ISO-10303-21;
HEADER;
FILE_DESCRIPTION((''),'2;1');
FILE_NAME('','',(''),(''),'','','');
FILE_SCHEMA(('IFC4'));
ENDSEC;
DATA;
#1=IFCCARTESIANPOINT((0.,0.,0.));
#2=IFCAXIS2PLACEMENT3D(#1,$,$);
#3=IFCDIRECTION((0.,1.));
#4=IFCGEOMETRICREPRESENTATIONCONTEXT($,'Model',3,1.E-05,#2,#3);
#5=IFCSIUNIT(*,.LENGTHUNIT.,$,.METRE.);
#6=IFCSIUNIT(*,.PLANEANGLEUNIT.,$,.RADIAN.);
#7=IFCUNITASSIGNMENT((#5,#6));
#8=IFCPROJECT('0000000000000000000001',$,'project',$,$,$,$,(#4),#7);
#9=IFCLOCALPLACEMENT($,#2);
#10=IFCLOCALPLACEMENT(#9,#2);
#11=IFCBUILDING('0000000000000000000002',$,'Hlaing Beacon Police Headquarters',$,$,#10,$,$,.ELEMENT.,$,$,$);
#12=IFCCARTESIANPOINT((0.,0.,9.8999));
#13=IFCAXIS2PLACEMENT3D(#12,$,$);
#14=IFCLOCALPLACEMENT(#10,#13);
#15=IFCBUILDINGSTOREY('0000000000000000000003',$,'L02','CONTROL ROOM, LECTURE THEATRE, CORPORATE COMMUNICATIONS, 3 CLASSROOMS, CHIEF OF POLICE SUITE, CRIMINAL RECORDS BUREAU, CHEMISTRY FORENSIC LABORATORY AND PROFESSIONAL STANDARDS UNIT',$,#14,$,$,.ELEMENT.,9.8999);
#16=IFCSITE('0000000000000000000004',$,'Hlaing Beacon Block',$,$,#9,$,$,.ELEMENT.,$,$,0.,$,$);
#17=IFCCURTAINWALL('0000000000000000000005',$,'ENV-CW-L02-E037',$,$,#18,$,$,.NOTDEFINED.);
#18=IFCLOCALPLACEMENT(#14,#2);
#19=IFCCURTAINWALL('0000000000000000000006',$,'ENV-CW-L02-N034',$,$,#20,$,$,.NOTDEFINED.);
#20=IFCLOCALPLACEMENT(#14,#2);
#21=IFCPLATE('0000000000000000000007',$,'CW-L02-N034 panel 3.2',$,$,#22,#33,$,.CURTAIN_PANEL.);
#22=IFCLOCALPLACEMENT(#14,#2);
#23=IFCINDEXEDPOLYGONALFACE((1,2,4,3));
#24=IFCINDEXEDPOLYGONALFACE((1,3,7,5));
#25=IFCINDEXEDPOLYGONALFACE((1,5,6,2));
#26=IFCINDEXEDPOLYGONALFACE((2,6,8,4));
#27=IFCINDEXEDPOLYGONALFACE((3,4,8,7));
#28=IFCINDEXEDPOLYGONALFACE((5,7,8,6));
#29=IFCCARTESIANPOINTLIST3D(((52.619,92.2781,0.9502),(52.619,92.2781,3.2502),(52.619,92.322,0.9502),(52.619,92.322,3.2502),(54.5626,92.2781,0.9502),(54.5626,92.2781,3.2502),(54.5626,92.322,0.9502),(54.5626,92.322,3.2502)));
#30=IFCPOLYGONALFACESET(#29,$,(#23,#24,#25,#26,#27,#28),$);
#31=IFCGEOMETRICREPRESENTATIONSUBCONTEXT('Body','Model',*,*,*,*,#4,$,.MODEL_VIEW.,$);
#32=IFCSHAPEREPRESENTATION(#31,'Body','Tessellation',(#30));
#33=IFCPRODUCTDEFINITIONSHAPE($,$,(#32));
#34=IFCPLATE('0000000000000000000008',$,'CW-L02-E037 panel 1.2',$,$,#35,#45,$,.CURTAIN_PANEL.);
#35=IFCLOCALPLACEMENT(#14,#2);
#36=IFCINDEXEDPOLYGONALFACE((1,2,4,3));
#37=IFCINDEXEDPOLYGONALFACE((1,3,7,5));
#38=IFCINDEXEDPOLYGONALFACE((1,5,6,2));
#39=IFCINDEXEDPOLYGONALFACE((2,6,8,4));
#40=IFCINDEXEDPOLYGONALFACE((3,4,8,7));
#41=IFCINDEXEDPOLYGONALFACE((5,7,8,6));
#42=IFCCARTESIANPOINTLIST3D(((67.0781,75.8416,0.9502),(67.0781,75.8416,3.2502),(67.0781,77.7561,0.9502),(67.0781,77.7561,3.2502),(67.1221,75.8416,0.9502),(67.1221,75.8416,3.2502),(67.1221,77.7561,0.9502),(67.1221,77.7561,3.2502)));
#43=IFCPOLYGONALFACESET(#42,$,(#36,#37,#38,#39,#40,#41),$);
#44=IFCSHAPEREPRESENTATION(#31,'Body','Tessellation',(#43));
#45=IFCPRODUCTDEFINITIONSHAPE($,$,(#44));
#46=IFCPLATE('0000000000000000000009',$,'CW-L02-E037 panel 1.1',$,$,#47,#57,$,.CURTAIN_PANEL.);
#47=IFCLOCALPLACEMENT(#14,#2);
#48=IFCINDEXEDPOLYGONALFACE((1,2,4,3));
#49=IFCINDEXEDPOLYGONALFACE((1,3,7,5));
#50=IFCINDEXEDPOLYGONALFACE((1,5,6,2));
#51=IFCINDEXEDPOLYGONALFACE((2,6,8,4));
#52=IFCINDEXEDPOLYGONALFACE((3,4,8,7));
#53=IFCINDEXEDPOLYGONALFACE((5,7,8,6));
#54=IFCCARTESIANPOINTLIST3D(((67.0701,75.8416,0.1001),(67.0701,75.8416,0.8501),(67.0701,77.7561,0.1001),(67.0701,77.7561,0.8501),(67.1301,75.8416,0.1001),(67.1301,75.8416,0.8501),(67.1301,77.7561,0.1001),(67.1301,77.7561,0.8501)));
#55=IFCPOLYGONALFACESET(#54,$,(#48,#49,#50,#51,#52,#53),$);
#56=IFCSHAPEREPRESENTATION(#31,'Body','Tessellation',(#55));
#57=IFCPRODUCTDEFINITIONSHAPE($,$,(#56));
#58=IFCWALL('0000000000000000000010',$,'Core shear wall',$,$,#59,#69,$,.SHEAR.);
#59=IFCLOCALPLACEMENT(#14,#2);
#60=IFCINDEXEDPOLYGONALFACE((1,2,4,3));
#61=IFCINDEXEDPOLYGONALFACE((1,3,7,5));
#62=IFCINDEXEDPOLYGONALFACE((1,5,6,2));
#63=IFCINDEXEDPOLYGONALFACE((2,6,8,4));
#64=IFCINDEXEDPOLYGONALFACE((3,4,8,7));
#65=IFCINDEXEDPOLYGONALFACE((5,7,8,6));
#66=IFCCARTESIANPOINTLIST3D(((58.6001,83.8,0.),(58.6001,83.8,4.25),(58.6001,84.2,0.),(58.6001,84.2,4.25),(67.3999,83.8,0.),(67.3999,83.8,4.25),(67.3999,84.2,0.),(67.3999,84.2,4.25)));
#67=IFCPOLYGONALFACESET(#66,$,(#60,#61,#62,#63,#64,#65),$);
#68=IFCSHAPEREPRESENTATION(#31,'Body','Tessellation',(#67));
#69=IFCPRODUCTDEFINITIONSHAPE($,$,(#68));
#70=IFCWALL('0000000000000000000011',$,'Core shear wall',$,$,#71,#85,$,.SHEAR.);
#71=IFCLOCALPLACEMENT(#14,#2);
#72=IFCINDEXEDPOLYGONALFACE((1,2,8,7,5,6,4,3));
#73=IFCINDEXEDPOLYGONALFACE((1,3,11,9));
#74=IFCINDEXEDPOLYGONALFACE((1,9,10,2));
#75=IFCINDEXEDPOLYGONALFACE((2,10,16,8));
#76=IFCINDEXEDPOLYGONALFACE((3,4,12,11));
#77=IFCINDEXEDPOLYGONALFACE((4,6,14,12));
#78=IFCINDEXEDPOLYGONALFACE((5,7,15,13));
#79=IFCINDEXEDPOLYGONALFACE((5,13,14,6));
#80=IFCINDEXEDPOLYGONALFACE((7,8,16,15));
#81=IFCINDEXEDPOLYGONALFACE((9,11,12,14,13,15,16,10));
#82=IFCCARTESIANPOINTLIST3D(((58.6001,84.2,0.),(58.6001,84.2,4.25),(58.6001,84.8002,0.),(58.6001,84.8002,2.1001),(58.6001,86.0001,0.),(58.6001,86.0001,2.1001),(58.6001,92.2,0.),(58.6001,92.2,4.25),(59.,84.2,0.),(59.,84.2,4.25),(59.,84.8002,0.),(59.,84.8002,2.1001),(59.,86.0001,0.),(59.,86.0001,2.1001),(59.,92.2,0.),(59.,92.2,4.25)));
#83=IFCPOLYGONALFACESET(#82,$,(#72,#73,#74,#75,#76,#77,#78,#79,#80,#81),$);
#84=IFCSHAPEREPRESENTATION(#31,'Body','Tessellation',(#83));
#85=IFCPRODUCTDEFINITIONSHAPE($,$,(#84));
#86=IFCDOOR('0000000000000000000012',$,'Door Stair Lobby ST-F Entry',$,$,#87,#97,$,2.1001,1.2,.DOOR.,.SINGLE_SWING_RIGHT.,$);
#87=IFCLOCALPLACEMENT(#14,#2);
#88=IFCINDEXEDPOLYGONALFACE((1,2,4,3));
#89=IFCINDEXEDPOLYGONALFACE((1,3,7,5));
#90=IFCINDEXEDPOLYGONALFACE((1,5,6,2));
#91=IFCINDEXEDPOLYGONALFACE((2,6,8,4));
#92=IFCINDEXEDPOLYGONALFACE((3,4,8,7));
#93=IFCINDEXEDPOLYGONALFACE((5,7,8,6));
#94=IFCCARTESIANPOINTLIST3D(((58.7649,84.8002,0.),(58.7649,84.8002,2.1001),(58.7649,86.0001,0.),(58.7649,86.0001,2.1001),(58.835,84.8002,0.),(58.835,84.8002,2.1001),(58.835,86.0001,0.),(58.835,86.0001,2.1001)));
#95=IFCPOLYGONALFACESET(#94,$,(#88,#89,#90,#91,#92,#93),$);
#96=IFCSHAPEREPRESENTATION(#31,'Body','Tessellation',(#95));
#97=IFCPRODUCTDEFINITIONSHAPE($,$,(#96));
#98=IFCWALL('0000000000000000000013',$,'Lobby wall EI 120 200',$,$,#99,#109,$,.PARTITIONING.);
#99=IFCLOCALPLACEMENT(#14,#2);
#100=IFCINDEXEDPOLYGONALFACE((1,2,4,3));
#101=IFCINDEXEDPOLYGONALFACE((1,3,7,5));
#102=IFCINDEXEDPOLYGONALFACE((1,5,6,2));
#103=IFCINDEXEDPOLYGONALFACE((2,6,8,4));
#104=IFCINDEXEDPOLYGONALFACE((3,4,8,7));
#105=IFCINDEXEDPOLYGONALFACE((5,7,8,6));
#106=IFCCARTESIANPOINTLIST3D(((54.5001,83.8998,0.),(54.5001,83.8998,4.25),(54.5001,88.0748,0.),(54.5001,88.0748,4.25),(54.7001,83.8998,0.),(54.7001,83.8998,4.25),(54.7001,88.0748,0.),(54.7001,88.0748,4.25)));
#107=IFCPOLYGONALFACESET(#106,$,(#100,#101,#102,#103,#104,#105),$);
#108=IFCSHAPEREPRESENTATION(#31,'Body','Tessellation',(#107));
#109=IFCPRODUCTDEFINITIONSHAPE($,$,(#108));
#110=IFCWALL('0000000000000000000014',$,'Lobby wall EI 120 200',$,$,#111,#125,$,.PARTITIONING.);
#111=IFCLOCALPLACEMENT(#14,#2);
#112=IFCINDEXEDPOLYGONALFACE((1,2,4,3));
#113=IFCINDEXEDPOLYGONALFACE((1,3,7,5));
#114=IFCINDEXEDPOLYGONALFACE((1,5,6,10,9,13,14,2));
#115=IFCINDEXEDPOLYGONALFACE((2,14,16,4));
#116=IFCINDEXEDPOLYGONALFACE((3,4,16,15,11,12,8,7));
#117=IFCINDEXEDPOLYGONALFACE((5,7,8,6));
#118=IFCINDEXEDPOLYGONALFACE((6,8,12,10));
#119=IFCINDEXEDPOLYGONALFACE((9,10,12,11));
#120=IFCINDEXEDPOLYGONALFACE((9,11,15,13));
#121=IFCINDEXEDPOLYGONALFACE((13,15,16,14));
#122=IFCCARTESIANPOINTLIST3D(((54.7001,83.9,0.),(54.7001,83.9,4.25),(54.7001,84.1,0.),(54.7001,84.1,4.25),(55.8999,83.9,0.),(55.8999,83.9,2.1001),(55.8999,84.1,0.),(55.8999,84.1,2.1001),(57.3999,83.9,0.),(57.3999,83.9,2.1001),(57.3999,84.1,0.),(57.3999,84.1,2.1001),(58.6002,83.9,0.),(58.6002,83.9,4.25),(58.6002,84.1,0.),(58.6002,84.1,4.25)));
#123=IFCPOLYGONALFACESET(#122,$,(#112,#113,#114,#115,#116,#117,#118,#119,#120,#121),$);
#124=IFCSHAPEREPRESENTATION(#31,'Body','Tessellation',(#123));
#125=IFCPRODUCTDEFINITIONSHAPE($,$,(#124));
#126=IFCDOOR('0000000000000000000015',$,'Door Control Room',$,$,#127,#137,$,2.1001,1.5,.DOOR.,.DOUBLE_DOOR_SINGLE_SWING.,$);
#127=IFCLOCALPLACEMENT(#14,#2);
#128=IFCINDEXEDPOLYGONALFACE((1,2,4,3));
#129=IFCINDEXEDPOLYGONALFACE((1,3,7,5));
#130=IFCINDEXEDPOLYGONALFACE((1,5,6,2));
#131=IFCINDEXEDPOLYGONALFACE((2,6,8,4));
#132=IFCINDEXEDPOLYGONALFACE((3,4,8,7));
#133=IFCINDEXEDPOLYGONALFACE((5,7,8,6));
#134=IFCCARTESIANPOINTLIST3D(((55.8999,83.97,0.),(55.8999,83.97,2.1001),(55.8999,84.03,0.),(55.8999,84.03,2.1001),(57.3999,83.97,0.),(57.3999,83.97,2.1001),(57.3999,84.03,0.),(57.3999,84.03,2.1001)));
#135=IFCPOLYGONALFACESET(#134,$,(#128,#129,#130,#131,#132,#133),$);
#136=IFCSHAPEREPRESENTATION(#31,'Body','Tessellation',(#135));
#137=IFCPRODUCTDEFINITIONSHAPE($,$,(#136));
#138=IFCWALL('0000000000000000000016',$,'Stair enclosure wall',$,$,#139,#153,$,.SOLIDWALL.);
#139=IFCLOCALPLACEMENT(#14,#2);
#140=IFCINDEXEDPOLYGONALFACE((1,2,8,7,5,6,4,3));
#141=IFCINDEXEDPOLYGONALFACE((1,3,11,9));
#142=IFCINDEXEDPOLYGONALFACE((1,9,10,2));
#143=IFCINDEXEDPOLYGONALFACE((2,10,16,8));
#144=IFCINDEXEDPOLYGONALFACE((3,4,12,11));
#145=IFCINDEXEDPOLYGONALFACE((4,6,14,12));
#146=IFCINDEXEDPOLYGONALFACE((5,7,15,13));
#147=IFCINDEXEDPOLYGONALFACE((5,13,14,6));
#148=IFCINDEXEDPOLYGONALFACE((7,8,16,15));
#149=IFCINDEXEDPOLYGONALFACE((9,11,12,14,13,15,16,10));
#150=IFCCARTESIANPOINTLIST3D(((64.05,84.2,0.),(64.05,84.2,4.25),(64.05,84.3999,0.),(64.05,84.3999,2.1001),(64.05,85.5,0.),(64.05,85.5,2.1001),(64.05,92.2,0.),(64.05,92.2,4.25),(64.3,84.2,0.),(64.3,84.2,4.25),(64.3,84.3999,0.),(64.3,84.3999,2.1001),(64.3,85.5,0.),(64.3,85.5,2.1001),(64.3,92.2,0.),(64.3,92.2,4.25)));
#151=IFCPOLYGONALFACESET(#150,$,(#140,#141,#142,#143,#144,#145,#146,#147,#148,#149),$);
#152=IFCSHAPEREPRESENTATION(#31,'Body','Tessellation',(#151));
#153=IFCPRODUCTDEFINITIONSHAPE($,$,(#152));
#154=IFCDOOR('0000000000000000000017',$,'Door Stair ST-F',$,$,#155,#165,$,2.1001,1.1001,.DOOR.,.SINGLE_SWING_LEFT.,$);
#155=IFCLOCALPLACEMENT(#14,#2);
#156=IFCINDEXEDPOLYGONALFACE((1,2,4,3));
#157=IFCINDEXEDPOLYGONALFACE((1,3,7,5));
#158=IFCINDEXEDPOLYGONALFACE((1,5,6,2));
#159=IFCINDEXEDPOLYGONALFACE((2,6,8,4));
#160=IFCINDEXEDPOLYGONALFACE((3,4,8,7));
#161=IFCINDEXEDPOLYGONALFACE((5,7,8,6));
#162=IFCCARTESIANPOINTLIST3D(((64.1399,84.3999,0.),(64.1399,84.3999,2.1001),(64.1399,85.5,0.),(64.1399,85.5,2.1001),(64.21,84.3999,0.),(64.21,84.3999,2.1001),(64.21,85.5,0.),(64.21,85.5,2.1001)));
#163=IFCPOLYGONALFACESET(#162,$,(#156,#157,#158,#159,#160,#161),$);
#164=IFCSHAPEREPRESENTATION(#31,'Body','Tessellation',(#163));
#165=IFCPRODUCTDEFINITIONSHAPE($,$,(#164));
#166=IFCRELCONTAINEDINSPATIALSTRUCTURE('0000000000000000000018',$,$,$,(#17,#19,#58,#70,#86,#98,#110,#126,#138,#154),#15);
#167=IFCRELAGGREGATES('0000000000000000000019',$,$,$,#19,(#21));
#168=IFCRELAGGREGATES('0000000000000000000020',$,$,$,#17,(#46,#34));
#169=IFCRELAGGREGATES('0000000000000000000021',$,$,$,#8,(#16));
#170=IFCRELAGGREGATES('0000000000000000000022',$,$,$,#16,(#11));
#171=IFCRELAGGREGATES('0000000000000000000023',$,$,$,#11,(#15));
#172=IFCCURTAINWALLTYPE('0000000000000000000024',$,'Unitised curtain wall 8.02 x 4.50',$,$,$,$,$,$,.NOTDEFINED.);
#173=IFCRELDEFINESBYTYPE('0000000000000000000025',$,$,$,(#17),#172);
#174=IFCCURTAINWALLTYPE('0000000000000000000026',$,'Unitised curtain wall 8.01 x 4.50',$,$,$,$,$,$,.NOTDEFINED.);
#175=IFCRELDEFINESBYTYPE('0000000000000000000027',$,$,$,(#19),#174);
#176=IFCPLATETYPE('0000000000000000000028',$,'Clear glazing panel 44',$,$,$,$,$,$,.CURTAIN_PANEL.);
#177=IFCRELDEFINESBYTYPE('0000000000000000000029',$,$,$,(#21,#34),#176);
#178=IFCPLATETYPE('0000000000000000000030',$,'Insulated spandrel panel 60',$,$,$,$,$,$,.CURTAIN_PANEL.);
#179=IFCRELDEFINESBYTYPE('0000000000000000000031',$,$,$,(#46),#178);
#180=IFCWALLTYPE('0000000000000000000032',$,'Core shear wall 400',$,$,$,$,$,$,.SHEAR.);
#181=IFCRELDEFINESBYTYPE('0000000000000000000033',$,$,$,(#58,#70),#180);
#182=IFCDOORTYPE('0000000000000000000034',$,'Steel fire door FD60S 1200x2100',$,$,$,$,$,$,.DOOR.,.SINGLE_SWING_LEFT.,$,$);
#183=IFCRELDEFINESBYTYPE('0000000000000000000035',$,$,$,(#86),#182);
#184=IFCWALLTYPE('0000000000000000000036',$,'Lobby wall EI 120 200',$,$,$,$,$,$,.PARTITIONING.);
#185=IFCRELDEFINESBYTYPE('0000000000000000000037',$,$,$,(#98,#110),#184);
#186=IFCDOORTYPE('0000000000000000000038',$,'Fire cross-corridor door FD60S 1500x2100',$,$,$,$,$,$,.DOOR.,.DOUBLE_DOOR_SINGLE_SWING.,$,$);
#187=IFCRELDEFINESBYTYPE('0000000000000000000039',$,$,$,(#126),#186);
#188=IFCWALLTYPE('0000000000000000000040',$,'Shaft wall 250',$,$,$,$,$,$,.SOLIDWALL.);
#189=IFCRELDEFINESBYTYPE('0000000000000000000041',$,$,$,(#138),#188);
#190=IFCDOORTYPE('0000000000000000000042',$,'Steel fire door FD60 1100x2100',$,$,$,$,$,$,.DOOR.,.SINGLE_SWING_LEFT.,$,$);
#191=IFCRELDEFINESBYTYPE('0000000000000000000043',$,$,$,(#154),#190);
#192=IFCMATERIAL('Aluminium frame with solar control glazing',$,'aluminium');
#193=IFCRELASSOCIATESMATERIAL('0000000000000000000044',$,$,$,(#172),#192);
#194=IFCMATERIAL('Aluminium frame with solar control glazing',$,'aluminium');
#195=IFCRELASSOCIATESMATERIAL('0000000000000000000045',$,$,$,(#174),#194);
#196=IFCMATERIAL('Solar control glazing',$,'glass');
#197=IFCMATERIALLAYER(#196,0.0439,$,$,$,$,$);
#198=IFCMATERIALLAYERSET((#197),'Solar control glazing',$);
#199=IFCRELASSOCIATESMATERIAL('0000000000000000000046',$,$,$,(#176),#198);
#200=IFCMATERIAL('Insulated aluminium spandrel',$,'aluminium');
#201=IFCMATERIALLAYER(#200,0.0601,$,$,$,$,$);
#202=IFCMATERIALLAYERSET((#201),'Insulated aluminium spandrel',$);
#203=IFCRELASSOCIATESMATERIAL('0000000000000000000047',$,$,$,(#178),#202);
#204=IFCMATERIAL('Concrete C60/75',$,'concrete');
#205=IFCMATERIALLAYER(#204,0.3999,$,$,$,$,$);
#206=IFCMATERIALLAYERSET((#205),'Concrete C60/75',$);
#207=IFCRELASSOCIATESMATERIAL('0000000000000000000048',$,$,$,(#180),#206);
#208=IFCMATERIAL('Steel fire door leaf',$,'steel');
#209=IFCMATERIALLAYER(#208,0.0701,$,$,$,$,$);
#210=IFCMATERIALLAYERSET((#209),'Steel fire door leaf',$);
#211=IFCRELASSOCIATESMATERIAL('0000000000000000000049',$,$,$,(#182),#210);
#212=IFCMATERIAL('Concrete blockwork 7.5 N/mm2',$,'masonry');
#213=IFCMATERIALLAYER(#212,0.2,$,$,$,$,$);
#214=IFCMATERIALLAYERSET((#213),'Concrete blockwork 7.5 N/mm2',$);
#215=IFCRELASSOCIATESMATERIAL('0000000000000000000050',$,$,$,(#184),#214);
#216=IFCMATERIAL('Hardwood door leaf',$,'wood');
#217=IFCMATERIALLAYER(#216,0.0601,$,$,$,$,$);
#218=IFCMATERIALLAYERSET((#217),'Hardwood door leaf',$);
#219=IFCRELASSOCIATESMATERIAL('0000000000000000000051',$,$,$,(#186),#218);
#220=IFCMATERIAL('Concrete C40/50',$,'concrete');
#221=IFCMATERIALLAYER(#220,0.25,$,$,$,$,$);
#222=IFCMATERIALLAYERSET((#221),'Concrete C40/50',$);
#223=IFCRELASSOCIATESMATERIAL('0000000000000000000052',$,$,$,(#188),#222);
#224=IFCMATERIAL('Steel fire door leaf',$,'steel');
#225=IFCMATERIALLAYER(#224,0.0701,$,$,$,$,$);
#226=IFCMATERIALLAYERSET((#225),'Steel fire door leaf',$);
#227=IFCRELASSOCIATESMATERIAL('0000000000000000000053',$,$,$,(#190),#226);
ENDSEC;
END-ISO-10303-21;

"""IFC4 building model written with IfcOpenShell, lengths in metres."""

from ifc_helpers import new_model, si_unit, direction, frame, frame_2d, origin, origin_2d, place, context, subcontext, project, spatial, rectangle, extrude, material, layer, layer_set, type_object, element, fill, aggregate, save


model = new_model("IFC4")

# Units and contexts
model_context = context("Model", 3, precision=1e-05, world=origin(), true_north=direction((0.0, 1.0)))
body_context = subcontext(model_context, "Body", "Model", "MODEL_VIEW")
ifc_project = project(units=[si_unit("LENGTHUNIT", "METRE"), si_unit("PLANEANGLEUNIT", "RADIAN")], contexts=[model_context])

# Site, building, storey
site_placement = place(None, origin())
site = spatial("IfcSite", under=ifc_project, at=site_placement, Name="Hlaing Beacon Block", CompositionType="ELEMENT", RefElevation=0.0)
building_placement = place(site_placement, origin())
building = spatial("IfcBuilding", under=site, at=building_placement, Name="Hlaing Beacon Police Headquarters", CompositionType="ELEMENT")
storey_placement = place(building_placement, frame((0.0, 0.0, 9.8999)))
storey = spatial("IfcBuildingStorey", under=building, at=storey_placement, Name="L02", Description="CONTROL ROOM, LECTURE THEATRE, CORPORATE COMMUNICATIONS, 3 CLASSROOMS, CHIEF OF POLICE SUITE, CRIMINAL RECORDS BUREAU, CHEMISTRY FORENSIC LABORATORY AND PROFESSIONAL STANDARDS UNIT", CompositionType="ELEMENT", Elevation=9.8999)

# Curtain wall
ifc_material_1 = material(Name="Aluminium frame with solar control glazing", Category="aluminium")
curtain_wall_type_1 = type_object("IfcCurtainWallType", Name="Unitised curtain wall 8.02 x 4.50", PredefinedType="NOTDEFINED", material=ifc_material_1)
curtain_wall_1_placement = place(storey_placement, origin())
curtain_wall_1 = element("IfcCurtainWall", 1, at=curtain_wall_1_placement, inside=storey, type_object=curtain_wall_type_1, Name="ENV-CW-L02-E037", PredefinedType="NOTDEFINED")

# Curtain wall
ifc_material_2 = material(Name="Aluminium frame with solar control glazing", Category="aluminium")
curtain_wall_type_2 = type_object("IfcCurtainWallType", Name="Unitised curtain wall 8.01 x 4.50", PredefinedType="NOTDEFINED", material=ifc_material_2)
curtain_wall_2_placement = place(storey_placement, origin())
curtain_wall_2 = element("IfcCurtainWall", 2, at=curtain_wall_2_placement, inside=storey, type_object=curtain_wall_type_2, Name="ENV-CW-L02-N034", PredefinedType="NOTDEFINED")

# Plates
ifc_material_3 = material(Name="Solar control glazing", Category="glass")
ifc_layer_1 = layer(ifc_material_3, 0.0439)
ifc_layer_set_1 = layer_set([ifc_layer_1], Name="Solar control glazing")
plate_type_1 = type_object("IfcPlateType", Name="Clear glazing panel 44", PredefinedType="CURTAIN_PANEL", material=ifc_layer_set_1)
plate_1_placement = place(storey_placement, frame((53.5908, 92.3, 0.9502), z_axis=(0.0, 0.0, 1.0), x_axis=(-1.0, 0.0, 0.0)))
plate_1 = element("IfcPlate", 3, at=plate_1_placement, type_object=plate_type_1, Name="CW-L02-N034 panel 3.2", PredefinedType="CURTAIN_PANEL", context=body_context, shape_type="SweptSolid", body=[
    extrude(rectangle(XDim=1.9436, YDim=0.0439, at=origin_2d()), origin(), (0.0, 0.0, 1.0), 2.3),
])
aggregate(curtain_wall_2, [plate_1])
plate_2_placement = place(storey_placement, frame((67.1001, 76.7988, 0.9502), z_axis=(0.0, 0.0, 1.0), x_axis=(0.0, 1.0, 0.0)))
plate_2 = element("IfcPlate", 4, at=plate_2_placement, type_object=plate_type_1, Name="CW-L02-E037 panel 1.2", PredefinedType="CURTAIN_PANEL", context=body_context, shape_type="SweptSolid", body=[
    extrude(rectangle(XDim=1.9146, YDim=0.0439, at=origin_2d()), origin(), (0.0, 0.0, 1.0), 2.3),
])
ifc_material_4 = material(Name="Insulated aluminium spandrel", Category="aluminium")
ifc_layer_2 = layer(ifc_material_4, 0.0601)
ifc_layer_set_2 = layer_set([ifc_layer_2], Name="Insulated aluminium spandrel")
plate_type_2 = type_object("IfcPlateType", Name="Insulated spandrel panel 60", PredefinedType="CURTAIN_PANEL", material=ifc_layer_set_2)
plate_3_placement = place(storey_placement, frame((67.1001, 76.7988, 0.1001), z_axis=(0.0, 0.0, 1.0), x_axis=(0.0, 1.0, 0.0)))
plate_3 = element("IfcPlate", 5, at=plate_3_placement, type_object=plate_type_2, Name="CW-L02-E037 panel 1.1", PredefinedType="CURTAIN_PANEL", context=body_context, shape_type="SweptSolid", body=[
    extrude(rectangle(XDim=1.9146, YDim=0.0601, at=origin_2d()), origin(), (0.0, 0.0, 1.0), 0.75),
])
aggregate(curtain_wall_1, [plate_3, plate_2])

# Wall
ifc_material_5 = material(Name="Concrete C60/75", Category="concrete")
ifc_layer_3 = layer(ifc_material_5, 0.3999)
ifc_layer_set_3 = layer_set([ifc_layer_3], Name="Concrete C60/75")
wall_type_1 = type_object("IfcWallType", Name="Core shear wall 400", PredefinedType="SHEAR", material=ifc_layer_set_3)
wall_1_placement = place(storey_placement, frame((58.6001, 84.0, 0.0), z_axis=(0.0, 0.0, 1.0), x_axis=(1.0, 0.0, 0.0)))
element("IfcWall", 6, at=wall_1_placement, inside=storey, type_object=wall_type_1, Name="Core shear wall", PredefinedType="SHEAR", context=body_context, shape_type="SweptSolid", body=[
    extrude(rectangle(XDim=8.7998, YDim=0.3999, at=frame_2d((4.3999, 0.0))), origin(), (0.0, 0.0, 1.0), 4.25),
])

# Wall, opening, door
wall_2_placement = place(storey_placement, frame((58.8, 84.2, 0.0), z_axis=(0.0, 0.0, 1.0), x_axis=(0.0, 1.0, 0.0)))
wall_2 = element("IfcWall", 7, at=wall_2_placement, inside=storey, type_object=wall_type_1, Name="Core shear wall", PredefinedType="SHEAR", context=body_context, shape_type="SweptSolid", body=[
    extrude(rectangle(XDim=8.0, YDim=0.3999, at=frame_2d((4.0, 0.0))), origin(), (0.0, 0.0, 1.0), 4.25),
])
opening_1_placement = place(wall_2_placement, frame((0.6001, 0.0, 0.0)))
opening_1 = element("IfcOpeningElement", 8, at=opening_1_placement, cuts=wall_2, PredefinedType="OPENING", context=body_context, shape_type="SweptSolid", body=[
    extrude(rectangle(XDim=1.2, YDim=2.1001, at=frame_2d((0.6001, 1.05))), frame((0.0, 0.21, 0.0), z_axis=(0.0, -1.0, 0.0), x_axis=(1.0, 0.0, 0.0)), (0.0, 0.0, 1.0), 0.4199),
])
ifc_material_6 = material(Name="Steel fire door leaf", Category="steel")
ifc_layer_4 = layer(ifc_material_6, 0.0701)
ifc_layer_set_4 = layer_set([ifc_layer_4], Name="Steel fire door leaf")
door_type_1 = type_object("IfcDoorType", Name="Steel fire door FD60S 1200x2100", OperationType="SINGLE_SWING_LEFT", PredefinedType="DOOR", material=ifc_layer_set_4)
door_1_placement = place(opening_1_placement, frame((1.2, 0.0, 0.0), z_axis=(0.0, 0.0, 1.0), x_axis=(-1.0, 0.0, 0.0)))
door_1 = element("IfcDoor", 9, at=door_1_placement, inside=storey, type_object=door_type_1, Name="Door Stair Lobby ST-F Entry", OperationType="SINGLE_SWING_RIGHT", OverallHeight=2.1001, OverallWidth=1.2, PredefinedType="DOOR", context=body_context, shape_type="SweptSolid", body=[
    extrude(rectangle(XDim=1.2, YDim=2.1001, at=frame_2d((0.5999, 1.05))), frame((0.0, 0.0349, 0.0), z_axis=(0.0, -1.0, 0.0), x_axis=(1.0, 0.0, 0.0)), (0.0, 0.0, 1.0), 0.0701),
])
fill(opening_1, door_1)

# Wall
ifc_material_7 = material(Name="Concrete blockwork 7.5 N/mm2", Category="masonry")
ifc_layer_5 = layer(ifc_material_7, 0.2)
ifc_layer_set_5 = layer_set([ifc_layer_5], Name="Concrete blockwork 7.5 N/mm2")
wall_type_2 = type_object("IfcWallType", Name="Lobby wall EI 120 200", PredefinedType="PARTITIONING", material=ifc_layer_set_5)
wall_3_placement = place(storey_placement, frame((54.6001, 83.8999, 0.0), z_axis=(0.0, 0.0, 1.0), x_axis=(0.0, 1.0, 0.0)))
element("IfcWall", 10, at=wall_3_placement, inside=storey, type_object=wall_type_2, Name="Lobby wall EI 120 200", PredefinedType="PARTITIONING", context=body_context, shape_type="SweptSolid", body=[
    extrude(rectangle(XDim=4.175, YDim=0.2, at=frame_2d((2.0874, 0.0))), origin(), (0.0, 0.0, 1.0), 4.25),
])

# Walls, openings, doors
wall_4_placement = place(storey_placement, frame((54.7, 84.0, 0.0), z_axis=(0.0, 0.0, 1.0), x_axis=(1.0, 0.0, 0.0)))
wall_4 = element("IfcWall", 11, at=wall_4_placement, inside=storey, type_object=wall_type_2, Name="Lobby wall EI 120 200", PredefinedType="PARTITIONING", context=body_context, shape_type="SweptSolid", body=[
    extrude(rectangle(XDim=3.9001, YDim=0.2, at=frame_2d((1.9502, 0.0))), origin(), (0.0, 0.0, 1.0), 4.25),
])
opening_2_placement = place(wall_4_placement, frame((1.2, 0.0, 0.0)))
opening_2 = element("IfcOpeningElement", 12, at=opening_2_placement, cuts=wall_4, PredefinedType="OPENING", context=body_context, shape_type="SweptSolid", body=[
    extrude(rectangle(XDim=1.5, YDim=2.1001, at=frame_2d((0.75, 1.05))), frame((0.0, 0.1099, 0.0), z_axis=(0.0, -1.0, 0.0), x_axis=(1.0, 0.0, 0.0)), (0.0, 0.0, 1.0), 0.22),
])
ifc_material_8 = material(Name="Hardwood door leaf", Category="wood")
ifc_layer_6 = layer(ifc_material_8, 0.0601)
ifc_layer_set_6 = layer_set([ifc_layer_6], Name="Hardwood door leaf")
door_type_2 = type_object("IfcDoorType", Name="Fire cross-corridor door FD60S 1500x2100", OperationType="DOUBLE_DOOR_SINGLE_SWING", PredefinedType="DOOR", material=ifc_layer_set_6)
door_2_placement = place(opening_2_placement, frame((1.5, 0.0, 0.0), z_axis=(0.0, 0.0, 1.0), x_axis=(-1.0, 0.0, 0.0)))
door_2 = element("IfcDoor", 13, at=door_2_placement, inside=storey, type_object=door_type_2, Name="Door Control Room", OperationType="DOUBLE_DOOR_SINGLE_SWING", OverallHeight=2.1001, OverallWidth=1.5, PredefinedType="DOOR", context=body_context, shape_type="SweptSolid", body=[
    extrude(rectangle(XDim=1.5, YDim=2.1001, at=frame_2d((0.75, 1.05))), frame((0.0, 0.03, 0.0), z_axis=(0.0, -1.0, 0.0), x_axis=(1.0, 0.0, 0.0)), (0.0, 0.0, 1.0), 0.0601),
])
fill(opening_2, door_2)
ifc_material_9 = material(Name="Concrete C40/50", Category="concrete")
ifc_layer_7 = layer(ifc_material_9, 0.25)
ifc_layer_set_7 = layer_set([ifc_layer_7], Name="Concrete C40/50")
wall_type_3 = type_object("IfcWallType", Name="Shaft wall 250", PredefinedType="SOLIDWALL", material=ifc_layer_set_7)
wall_5_placement = place(storey_placement, frame((64.175, 84.2, 0.0), z_axis=(0.0, 0.0, 1.0), x_axis=(0.0, 1.0, 0.0)))
wall_5 = element("IfcWall", 14, at=wall_5_placement, inside=storey, type_object=wall_type_3, Name="Stair enclosure wall", PredefinedType="SOLIDWALL", context=body_context, shape_type="SweptSolid", body=[
    extrude(rectangle(XDim=8.0, YDim=0.25, at=frame_2d((4.0, 0.0))), origin(), (0.0, 0.0, 1.0), 4.25),
])
opening_3_placement = place(wall_5_placement, frame((0.2, 0.0, 0.0)))
opening_3 = element("IfcOpeningElement", 15, at=opening_3_placement, cuts=wall_5, PredefinedType="OPENING", context=body_context, shape_type="SweptSolid", body=[
    extrude(rectangle(XDim=1.1001, YDim=2.1001, at=frame_2d((0.55, 1.05))), frame((0.0, 0.135, 0.0), z_axis=(0.0, -1.0, 0.0), x_axis=(1.0, 0.0, 0.0)), (0.0, 0.0, 1.0), 0.27),
])
ifc_material_10 = material(Name="Steel fire door leaf", Category="steel")
ifc_layer_8 = layer(ifc_material_10, 0.0701)
ifc_layer_set_8 = layer_set([ifc_layer_8], Name="Steel fire door leaf")
door_type_3 = type_object("IfcDoorType", Name="Steel fire door FD60 1100x2100", OperationType="SINGLE_SWING_LEFT", PredefinedType="DOOR", material=ifc_layer_set_8)
door_3_placement = place(opening_3_placement, frame((1.1001, 0.0, 0.0), z_axis=(0.0, 0.0, 1.0), x_axis=(-1.0, 0.0, 0.0)))
door_3 = element("IfcDoor", 16, at=door_3_placement, inside=storey, type_object=door_type_3, Name="Door Stair ST-F", OperationType="SINGLE_SWING_LEFT", OverallHeight=2.1001, OverallWidth=1.1001, PredefinedType="DOOR", context=body_context, shape_type="SweptSolid", body=[
    extrude(rectangle(XDim=1.1001, YDim=2.1001, at=frame_2d((0.55, 1.05))), frame((0.0, 0.0349, 0.0), z_axis=(0.0, -1.0, 0.0), x_axis=(1.0, 0.0, 0.0)), (0.0, 0.0, 1.0), 0.0701),
])
fill(opening_3, door_3)

save(model, "model.ifc")
